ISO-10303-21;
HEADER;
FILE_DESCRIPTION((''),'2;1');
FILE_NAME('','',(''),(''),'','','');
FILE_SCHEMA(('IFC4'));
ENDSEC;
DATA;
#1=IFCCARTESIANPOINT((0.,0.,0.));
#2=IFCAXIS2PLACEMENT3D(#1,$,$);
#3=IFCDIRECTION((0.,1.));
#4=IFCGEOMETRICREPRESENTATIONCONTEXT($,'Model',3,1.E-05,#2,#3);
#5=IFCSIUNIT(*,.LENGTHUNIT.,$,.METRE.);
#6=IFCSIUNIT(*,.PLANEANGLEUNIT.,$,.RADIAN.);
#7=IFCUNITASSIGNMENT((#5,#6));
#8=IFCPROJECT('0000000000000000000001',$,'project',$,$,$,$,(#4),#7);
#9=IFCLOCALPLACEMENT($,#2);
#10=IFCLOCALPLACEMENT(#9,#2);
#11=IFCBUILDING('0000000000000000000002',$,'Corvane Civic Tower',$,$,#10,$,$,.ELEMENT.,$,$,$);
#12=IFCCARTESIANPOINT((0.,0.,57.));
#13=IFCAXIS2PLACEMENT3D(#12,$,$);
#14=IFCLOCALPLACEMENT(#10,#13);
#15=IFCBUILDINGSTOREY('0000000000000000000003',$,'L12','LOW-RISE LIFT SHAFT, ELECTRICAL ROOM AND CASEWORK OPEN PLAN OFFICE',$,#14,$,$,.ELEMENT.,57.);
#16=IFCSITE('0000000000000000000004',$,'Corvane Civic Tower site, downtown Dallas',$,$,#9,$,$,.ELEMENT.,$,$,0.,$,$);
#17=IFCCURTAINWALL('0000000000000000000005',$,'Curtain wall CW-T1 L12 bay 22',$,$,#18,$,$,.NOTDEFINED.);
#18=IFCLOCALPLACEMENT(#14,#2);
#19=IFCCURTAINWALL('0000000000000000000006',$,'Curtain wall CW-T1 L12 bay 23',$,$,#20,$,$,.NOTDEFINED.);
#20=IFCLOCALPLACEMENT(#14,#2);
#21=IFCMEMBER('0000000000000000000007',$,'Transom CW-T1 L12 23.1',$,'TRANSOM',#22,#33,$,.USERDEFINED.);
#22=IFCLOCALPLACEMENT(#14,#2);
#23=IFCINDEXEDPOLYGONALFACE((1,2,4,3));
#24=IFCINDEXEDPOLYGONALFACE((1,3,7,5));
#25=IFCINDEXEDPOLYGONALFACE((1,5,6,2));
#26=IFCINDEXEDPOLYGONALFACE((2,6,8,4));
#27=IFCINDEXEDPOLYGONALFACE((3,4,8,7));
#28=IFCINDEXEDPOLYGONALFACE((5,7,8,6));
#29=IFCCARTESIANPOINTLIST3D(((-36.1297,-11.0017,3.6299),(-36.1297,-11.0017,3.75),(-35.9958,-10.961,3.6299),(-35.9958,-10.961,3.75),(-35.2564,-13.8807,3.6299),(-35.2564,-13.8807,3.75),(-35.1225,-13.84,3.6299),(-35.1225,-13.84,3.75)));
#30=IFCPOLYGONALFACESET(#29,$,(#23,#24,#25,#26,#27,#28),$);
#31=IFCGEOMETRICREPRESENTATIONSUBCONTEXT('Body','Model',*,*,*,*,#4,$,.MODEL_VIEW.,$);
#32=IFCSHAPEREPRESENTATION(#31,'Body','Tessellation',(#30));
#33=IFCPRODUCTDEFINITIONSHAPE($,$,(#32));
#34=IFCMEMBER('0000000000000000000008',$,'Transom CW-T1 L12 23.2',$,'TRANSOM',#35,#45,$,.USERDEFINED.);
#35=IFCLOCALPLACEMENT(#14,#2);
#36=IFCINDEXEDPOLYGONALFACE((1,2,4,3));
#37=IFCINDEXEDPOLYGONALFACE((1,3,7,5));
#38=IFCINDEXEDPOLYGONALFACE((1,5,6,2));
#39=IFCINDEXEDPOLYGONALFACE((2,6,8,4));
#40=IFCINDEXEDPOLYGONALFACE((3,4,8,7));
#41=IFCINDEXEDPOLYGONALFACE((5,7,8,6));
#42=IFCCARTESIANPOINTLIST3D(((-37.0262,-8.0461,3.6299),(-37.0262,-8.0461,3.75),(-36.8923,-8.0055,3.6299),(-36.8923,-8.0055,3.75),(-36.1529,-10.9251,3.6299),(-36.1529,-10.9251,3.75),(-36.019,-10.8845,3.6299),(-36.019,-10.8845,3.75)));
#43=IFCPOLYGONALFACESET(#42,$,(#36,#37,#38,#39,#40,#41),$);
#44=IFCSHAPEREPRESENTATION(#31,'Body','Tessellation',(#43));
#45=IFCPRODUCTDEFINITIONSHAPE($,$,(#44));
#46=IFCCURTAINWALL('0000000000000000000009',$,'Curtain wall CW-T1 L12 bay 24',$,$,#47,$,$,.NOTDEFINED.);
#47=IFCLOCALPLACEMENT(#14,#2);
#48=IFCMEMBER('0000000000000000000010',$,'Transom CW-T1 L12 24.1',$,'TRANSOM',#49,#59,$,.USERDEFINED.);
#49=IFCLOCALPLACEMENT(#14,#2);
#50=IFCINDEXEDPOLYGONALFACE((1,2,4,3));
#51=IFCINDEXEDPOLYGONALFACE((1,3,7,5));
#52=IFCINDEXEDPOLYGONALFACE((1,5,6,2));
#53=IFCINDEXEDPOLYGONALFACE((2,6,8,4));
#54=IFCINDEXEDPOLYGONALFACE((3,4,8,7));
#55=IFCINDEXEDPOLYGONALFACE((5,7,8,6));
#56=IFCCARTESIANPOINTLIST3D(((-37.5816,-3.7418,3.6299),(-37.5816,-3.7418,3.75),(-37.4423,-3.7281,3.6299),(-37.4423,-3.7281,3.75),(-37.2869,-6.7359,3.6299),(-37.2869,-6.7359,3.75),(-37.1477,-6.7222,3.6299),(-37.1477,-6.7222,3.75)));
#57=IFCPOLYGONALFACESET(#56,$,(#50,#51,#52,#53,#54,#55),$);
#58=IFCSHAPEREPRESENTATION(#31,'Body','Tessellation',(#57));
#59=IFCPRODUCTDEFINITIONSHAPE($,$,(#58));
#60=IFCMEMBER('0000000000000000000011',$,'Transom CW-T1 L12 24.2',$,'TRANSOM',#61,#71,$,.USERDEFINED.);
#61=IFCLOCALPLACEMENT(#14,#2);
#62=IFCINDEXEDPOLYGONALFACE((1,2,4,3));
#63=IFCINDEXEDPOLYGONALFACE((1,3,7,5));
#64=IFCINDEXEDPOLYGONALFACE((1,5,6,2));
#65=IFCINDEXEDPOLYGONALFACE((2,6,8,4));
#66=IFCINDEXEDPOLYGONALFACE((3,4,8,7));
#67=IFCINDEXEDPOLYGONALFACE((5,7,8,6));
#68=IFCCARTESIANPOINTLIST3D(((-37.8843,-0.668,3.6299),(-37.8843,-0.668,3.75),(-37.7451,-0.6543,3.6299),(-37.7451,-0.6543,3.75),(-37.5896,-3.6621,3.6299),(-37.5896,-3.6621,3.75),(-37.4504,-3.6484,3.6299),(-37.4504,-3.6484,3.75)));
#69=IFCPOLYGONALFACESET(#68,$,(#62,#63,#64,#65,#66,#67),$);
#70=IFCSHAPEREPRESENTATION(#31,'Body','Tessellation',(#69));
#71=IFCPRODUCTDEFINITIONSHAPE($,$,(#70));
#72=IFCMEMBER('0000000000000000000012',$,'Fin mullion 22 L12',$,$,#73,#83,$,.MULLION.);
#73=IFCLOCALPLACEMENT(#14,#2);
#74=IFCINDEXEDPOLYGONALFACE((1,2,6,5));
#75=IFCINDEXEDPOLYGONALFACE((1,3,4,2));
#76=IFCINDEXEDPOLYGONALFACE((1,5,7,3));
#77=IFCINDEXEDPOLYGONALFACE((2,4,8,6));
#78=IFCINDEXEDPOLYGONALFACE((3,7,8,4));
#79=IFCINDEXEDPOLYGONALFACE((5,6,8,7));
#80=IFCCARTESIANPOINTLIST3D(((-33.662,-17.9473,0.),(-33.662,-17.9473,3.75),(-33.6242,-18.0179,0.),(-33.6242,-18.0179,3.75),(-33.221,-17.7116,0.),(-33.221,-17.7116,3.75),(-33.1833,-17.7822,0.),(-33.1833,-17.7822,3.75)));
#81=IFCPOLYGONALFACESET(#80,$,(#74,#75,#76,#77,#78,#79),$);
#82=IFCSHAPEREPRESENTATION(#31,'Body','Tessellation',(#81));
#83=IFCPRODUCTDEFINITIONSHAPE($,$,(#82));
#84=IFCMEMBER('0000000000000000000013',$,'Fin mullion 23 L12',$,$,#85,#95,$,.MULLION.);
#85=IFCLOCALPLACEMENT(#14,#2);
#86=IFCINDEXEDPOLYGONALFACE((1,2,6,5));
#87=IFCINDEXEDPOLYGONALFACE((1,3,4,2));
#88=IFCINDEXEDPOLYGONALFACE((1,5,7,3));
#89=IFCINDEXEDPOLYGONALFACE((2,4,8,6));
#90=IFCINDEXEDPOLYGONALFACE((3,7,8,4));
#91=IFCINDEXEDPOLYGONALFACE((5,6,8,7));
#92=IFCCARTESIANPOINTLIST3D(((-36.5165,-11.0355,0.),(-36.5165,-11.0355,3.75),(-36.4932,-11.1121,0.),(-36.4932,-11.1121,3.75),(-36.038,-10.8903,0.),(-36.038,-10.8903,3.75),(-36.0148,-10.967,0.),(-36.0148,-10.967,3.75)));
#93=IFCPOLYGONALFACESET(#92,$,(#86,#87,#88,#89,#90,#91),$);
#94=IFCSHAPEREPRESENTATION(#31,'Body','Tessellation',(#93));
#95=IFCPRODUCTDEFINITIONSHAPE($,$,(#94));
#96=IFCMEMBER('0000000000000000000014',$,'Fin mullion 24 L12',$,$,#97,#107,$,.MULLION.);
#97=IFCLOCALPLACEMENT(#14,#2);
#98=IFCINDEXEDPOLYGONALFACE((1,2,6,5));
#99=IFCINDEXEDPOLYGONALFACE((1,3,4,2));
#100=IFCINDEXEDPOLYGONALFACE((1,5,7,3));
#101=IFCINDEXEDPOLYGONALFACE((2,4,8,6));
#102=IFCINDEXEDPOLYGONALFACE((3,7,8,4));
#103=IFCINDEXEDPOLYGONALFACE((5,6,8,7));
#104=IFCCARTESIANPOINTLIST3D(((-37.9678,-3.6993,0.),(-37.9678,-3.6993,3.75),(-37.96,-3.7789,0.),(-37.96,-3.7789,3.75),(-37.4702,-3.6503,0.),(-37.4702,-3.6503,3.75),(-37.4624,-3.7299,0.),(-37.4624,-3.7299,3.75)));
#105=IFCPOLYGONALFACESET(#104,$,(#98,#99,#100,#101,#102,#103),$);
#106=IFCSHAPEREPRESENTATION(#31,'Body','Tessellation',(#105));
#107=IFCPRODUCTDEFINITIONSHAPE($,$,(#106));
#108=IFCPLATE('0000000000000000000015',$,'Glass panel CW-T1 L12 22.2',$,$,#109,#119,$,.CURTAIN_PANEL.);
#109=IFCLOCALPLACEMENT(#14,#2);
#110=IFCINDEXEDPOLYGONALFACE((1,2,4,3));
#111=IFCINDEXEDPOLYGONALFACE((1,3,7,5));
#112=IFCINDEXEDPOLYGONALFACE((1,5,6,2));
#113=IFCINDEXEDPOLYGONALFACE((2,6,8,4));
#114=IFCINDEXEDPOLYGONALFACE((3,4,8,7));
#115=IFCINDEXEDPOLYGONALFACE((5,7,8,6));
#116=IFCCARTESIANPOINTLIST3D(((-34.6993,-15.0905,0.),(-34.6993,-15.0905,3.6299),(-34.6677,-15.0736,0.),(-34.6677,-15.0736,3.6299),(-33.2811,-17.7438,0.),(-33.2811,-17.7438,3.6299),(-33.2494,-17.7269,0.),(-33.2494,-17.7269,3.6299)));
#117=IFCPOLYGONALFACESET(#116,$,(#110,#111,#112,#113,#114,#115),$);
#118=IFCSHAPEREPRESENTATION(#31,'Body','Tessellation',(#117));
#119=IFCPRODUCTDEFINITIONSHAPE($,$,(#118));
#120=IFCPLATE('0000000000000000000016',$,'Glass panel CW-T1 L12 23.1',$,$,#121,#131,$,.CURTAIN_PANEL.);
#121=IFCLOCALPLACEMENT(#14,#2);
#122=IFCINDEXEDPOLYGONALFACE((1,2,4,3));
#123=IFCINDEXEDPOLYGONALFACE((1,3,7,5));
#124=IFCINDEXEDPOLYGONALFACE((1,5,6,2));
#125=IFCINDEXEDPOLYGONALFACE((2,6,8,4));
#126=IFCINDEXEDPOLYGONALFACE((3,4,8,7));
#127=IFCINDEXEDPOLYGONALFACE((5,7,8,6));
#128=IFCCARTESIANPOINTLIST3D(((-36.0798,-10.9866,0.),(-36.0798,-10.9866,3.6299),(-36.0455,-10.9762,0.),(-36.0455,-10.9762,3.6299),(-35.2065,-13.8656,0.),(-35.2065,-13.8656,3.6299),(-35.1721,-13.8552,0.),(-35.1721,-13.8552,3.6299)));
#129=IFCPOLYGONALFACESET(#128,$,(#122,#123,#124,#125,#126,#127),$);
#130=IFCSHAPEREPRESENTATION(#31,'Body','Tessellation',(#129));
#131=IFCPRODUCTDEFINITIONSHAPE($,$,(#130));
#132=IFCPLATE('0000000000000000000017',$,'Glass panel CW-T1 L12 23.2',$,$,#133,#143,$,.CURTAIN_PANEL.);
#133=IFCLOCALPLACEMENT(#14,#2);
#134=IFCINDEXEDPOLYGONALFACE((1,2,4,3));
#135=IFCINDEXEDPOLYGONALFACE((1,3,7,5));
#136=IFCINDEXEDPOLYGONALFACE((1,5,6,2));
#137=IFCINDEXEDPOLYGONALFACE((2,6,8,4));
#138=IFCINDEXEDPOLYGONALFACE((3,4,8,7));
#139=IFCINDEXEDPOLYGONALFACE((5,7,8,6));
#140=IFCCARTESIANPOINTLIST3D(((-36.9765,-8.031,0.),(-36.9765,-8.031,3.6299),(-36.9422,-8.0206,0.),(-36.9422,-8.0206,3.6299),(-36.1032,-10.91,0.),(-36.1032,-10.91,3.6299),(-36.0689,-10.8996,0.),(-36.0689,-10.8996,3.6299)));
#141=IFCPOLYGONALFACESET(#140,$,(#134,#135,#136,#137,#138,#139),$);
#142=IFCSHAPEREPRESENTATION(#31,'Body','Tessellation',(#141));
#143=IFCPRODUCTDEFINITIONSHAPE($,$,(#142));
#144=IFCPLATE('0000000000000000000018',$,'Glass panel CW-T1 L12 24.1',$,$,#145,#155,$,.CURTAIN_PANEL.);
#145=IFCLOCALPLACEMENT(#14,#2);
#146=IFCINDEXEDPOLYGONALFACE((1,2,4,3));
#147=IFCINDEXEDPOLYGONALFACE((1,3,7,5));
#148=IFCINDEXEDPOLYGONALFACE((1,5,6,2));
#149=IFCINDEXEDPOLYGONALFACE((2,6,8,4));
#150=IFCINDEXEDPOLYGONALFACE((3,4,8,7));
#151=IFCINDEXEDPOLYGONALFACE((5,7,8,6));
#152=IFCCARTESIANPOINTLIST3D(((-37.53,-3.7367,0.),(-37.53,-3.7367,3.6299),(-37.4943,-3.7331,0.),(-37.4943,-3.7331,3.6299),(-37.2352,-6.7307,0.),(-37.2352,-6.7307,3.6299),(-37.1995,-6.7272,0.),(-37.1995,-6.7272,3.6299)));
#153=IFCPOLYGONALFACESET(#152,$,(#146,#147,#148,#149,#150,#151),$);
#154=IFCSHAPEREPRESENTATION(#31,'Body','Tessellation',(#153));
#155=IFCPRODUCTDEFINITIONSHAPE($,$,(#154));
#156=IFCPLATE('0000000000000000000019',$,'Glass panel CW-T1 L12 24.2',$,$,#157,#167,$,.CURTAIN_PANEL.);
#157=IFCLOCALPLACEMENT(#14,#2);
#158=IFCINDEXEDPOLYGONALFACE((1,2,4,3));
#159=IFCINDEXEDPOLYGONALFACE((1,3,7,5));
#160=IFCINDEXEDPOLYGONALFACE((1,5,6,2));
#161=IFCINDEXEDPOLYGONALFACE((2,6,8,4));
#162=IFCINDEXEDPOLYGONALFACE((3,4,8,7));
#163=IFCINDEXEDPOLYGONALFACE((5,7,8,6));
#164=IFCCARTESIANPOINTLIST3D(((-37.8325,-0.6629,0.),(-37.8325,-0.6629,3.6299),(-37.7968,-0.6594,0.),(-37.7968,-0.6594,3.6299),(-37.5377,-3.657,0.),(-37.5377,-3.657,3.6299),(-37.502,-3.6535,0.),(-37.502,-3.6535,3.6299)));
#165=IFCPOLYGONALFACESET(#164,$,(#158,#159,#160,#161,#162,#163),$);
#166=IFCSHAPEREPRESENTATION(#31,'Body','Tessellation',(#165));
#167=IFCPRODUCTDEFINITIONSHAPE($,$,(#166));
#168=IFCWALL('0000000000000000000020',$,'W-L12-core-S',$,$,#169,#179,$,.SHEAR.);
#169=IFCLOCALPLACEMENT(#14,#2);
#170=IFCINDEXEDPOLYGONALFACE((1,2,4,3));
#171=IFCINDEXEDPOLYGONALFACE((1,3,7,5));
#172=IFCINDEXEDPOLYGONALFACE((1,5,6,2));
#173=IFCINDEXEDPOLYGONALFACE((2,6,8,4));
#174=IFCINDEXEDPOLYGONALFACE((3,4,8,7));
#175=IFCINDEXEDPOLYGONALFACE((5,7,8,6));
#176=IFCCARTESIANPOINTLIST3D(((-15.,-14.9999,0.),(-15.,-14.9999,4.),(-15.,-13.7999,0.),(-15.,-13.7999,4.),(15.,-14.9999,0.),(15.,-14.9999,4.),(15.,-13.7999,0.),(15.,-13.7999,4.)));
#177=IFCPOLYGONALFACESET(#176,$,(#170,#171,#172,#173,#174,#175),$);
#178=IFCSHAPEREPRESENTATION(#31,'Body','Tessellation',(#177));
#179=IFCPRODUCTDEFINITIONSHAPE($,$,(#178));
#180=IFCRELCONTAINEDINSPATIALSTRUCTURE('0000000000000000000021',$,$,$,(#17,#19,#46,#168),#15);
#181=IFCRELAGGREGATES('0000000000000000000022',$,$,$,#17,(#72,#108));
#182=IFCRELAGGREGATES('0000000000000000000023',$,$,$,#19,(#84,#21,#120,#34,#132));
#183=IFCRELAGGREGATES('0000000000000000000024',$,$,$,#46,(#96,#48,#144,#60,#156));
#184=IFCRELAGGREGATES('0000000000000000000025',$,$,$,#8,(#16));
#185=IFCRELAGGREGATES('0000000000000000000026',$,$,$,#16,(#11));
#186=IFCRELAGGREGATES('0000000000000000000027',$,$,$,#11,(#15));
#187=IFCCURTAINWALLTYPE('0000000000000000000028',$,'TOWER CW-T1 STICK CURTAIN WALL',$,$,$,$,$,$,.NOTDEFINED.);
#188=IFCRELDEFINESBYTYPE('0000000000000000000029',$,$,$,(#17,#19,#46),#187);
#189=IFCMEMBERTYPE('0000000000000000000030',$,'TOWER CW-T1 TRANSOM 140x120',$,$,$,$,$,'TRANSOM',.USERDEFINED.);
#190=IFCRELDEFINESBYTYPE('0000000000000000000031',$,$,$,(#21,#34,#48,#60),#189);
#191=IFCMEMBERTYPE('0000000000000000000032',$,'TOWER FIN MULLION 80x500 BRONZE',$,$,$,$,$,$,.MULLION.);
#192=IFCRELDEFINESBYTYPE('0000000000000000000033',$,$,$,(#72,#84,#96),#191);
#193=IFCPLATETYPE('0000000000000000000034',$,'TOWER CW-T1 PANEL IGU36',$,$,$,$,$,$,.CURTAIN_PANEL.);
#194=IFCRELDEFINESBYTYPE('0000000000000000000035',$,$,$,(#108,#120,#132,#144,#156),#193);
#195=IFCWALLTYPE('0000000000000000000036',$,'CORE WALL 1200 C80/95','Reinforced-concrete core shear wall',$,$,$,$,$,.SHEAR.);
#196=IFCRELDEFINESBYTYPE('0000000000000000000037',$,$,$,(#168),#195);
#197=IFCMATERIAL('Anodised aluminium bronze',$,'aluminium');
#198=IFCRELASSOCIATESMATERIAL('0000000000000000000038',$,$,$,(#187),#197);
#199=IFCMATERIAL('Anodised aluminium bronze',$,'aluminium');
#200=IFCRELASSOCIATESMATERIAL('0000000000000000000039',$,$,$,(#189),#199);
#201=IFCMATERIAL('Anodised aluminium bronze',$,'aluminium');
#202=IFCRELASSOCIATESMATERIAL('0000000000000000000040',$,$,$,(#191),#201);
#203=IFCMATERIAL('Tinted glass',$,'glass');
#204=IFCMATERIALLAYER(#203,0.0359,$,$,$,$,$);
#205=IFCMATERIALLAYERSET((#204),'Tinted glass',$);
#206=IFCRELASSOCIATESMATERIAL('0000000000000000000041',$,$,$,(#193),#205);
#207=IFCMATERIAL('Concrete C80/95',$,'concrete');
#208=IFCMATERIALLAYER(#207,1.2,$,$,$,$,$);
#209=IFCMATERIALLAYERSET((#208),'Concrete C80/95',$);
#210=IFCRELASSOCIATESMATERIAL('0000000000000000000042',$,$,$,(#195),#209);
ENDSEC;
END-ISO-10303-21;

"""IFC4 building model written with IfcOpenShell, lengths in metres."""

from ifc_helpers import new_model, si_unit, direction, frame, frame_2d, origin, origin_2d, place, context, subcontext, project, spatial, rectangle, extrude, material, layer, layer_set, material_profile, profile_set, type_object, element, aggregate, save


model = new_model("IFC4")

# Units and contexts
model_context = context("Model", 3, precision=1e-05, world=origin(), true_north=direction((0.0, 1.0)))
body_context = subcontext(model_context, "Body", "Model", "MODEL_VIEW")
ifc_project = project(units=[si_unit("LENGTHUNIT", "METRE"), si_unit("PLANEANGLEUNIT", "RADIAN")], contexts=[model_context])

# Site, building, storey
site_placement = place(None, origin())
site = spatial("IfcSite", under=ifc_project, at=site_placement, Name="Corvane Civic Tower site, downtown Dallas", CompositionType="ELEMENT", RefElevation=0.0)
building_placement = place(site_placement, origin())
building = spatial("IfcBuilding", under=site, at=building_placement, Name="Corvane Civic Tower", CompositionType="ELEMENT")
storey_placement = place(building_placement, frame((0.0, 0.0, 57.0)))
storey = spatial("IfcBuildingStorey", under=building, at=storey_placement, Name="L12", Description="LOW-RISE LIFT SHAFT, ELECTRICAL ROOM AND CASEWORK OPEN PLAN OFFICE", CompositionType="ELEMENT", Elevation=57.0)

# Curtain wall
ifc_material_1 = material(Name="Anodised aluminium bronze", Category="aluminium")
curtain_wall_type = type_object("IfcCurtainWallType", Name="TOWER CW-T1 STICK CURTAIN WALL", PredefinedType="NOTDEFINED", material=ifc_material_1)
curtain_wall_1_placement = place(storey_placement, origin())
curtain_wall_1 = element("IfcCurtainWall", 1, at=curtain_wall_1_placement, inside=storey, type_object=curtain_wall_type, Name="Curtain wall CW-T1 L12 bay 22", PredefinedType="NOTDEFINED")
ifc_material_2 = material(Name="Anodised aluminium bronze", Category="aluminium")
ifc_material_profile_1 = material_profile(ifc_material_2, rectangle(XDim=0.1399, YDim=0.1201, at=origin_2d()), Name="TOWER CW-T1 TRANSOM 140x120")
ifc_profile_set_1 = profile_set([ifc_material_profile_1], Name="Anodised aluminium bronze")
member_type_1 = type_object("IfcMemberType", Name="TOWER CW-T1 TRANSOM 140x120", ElementType="TRANSOM", PredefinedType="USERDEFINED", material=ifc_profile_set_1)

# Curtain walls, members
curtain_wall_2_placement = place(storey_placement, origin())
curtain_wall_2 = element("IfcCurtainWall", 2, at=curtain_wall_2_placement, inside=storey, type_object=curtain_wall_type, Name="Curtain wall CW-T1 L12 bay 23", PredefinedType="NOTDEFINED")
member_1_placement = place(storey_placement, frame((-35.1895, -13.8604, 3.6899), z_axis=(-0.29028, 0.956942, 0.0), x_axis=(-0.956942, -0.29028, 0.0)))
member_1 = element("IfcMember", 3, at=member_1_placement, type_object=member_type_1, Name="Transom CW-T1 L12 23.1", ObjectType="TRANSOM", PredefinedType="USERDEFINED", context=body_context, shape_type="SweptSolid", body=[
    extrude(rectangle(XDim=0.1399, YDim=0.1201, at=origin_2d()), origin(), (0.0, 0.0, 1.0), 3.0085),
])
member_2_placement = place(storey_placement, frame((-36.0859, -10.9048, 3.6899), z_axis=(-0.29028, 0.956942, 0.0), x_axis=(-0.956942, -0.29028, 0.0)))
member_2 = element("IfcMember", 4, at=member_2_placement, type_object=member_type_1, Name="Transom CW-T1 L12 23.2", ObjectType="TRANSOM", PredefinedType="USERDEFINED", context=body_context, shape_type="SweptSolid", body=[
    extrude(rectangle(XDim=0.1399, YDim=0.1201, at=origin_2d()), origin(), (0.0, 0.0, 1.0), 3.0085),
])
curtain_wall_3_placement = place(storey_placement, origin())
curtain_wall_3 = element("IfcCurtainWall", 5, at=curtain_wall_3_placement, inside=storey, type_object=curtain_wall_type, Name="Curtain wall CW-T1 L12 bay 24", PredefinedType="NOTDEFINED")
member_3_placement = place(storey_placement, frame((-37.2173, -6.729, 3.6899), z_axis=(-0.097945, 0.995192, 0.0), x_axis=(-0.995192, -0.097945, 0.0)))
member_3 = element("IfcMember", 6, at=member_3_placement, type_object=member_type_1, Name="Transom CW-T1 L12 24.1", ObjectType="TRANSOM", PredefinedType="USERDEFINED", context=body_context, shape_type="SweptSolid", body=[
    extrude(rectangle(XDim=0.1399, YDim=0.1201, at=origin_2d()), origin(), (0.0, 0.0, 1.0), 3.0085),
])
member_4_placement = place(storey_placement, frame((-37.52, -3.6553, 3.6899), z_axis=(-0.097945, 0.995192, 0.0), x_axis=(-0.995192, -0.097945, 0.0)))
member_4 = element("IfcMember", 7, at=member_4_placement, type_object=member_type_1, Name="Transom CW-T1 L12 24.2", ObjectType="TRANSOM", PredefinedType="USERDEFINED", context=body_context, shape_type="SweptSolid", body=[
    extrude(rectangle(XDim=0.1399, YDim=0.1201, at=origin_2d()), origin(), (0.0, 0.0, 1.0), 3.0085),
])

# Members
ifc_material_3 = material(Name="Anodised aluminium bronze", Category="aluminium")
ifc_material_profile_2 = material_profile(ifc_material_3, rectangle(XDim=0.0801, YDim=0.5, at=origin_2d()), Name="TOWER FIN MULLION 80x500 BRONZE")
ifc_profile_set_2 = profile_set([ifc_material_profile_2], Name="Anodised aluminium bronze")
member_type_2 = type_object("IfcMemberType", Name="TOWER FIN MULLION 80x500 BRONZE", PredefinedType="MULLION", material=ifc_profile_set_2)
member_5_placement = place(storey_placement, frame((-33.4226, -17.8647, 0.0), z_axis=(0.0, 0.0, 1.0), x_axis=(-0.471404, 0.881918, 0.0)))
member_5 = element("IfcMember", 8, at=member_5_placement, type_object=member_type_2, Name="Fin mullion 22 L12", PredefinedType="MULLION", context=body_context, shape_type="SweptSolid", body=[
    extrude(rectangle(XDim=0.0801, YDim=0.5, at=origin_2d()), origin(), (0.0, 0.0, 1.0), 3.75),
])
member_6_placement = place(storey_placement, frame((-36.2656, -11.0012, 0.0), z_axis=(0.0, 0.0, 1.0), x_axis=(-0.290278, 0.956942, 0.0)))
member_6 = element("IfcMember", 9, at=member_6_placement, type_object=member_type_2, Name="Fin mullion 23 L12", PredefinedType="MULLION", context=body_context, shape_type="SweptSolid", body=[
    extrude(rectangle(XDim=0.0801, YDim=0.5, at=origin_2d()), origin(), (0.0, 0.0, 1.0), 3.75),
])
member_7_placement = place(storey_placement, frame((-37.7151, -3.7146, 0.0), z_axis=(0.0, 0.0, 1.0), x_axis=(-0.098006, 0.995186, 0.0)))
member_7 = element("IfcMember", 10, at=member_7_placement, type_object=member_type_2, Name="Fin mullion 24 L12", PredefinedType="MULLION", context=body_context, shape_type="SweptSolid", body=[
    extrude(rectangle(XDim=0.0801, YDim=0.5, at=origin_2d()), origin(), (0.0, 0.0, 1.0), 3.75),
])

# Plates
ifc_material_4 = material(Name="Tinted glass", Category="glass")
ifc_layer_1 = layer(ifc_material_4, 0.0359)
ifc_layer_set_1 = layer_set([ifc_layer_1], Name="Tinted glass")
plate_type = type_object("IfcPlateType", Name="TOWER CW-T1 PANEL IGU36", PredefinedType="CURTAIN_PANEL", material=ifc_layer_set_1)
plate_1_placement = place(storey_placement, frame((-33.9744, -16.4087, 0.0), z_axis=(0.0, 0.0, 1.0), x_axis=(-0.471404, 0.881918, 0.0)))
plate_1 = element("IfcPlate", 11, at=plate_1_placement, type_object=plate_type, Name="Glass panel CW-T1 L12 22.2", PredefinedType="CURTAIN_PANEL", context=body_context, shape_type="SweptSolid", body=[
    extrude(rectangle(XDim=3.0085, YDim=0.0359, at=origin_2d()), origin(), (0.0, 0.0, 1.0), 3.6299),
])
aggregate(curtain_wall_1, [member_5, plate_1])
plate_2_placement = place(storey_placement, frame((-35.626, -12.4209, 0.0), z_axis=(0.0, 0.0, 1.0), x_axis=(-0.290278, 0.956942, 0.0)))
plate_2 = element("IfcPlate", 12, at=plate_2_placement, type_object=plate_type, Name="Glass panel CW-T1 L12 23.1", PredefinedType="CURTAIN_PANEL", context=body_context, shape_type="SweptSolid", body=[
    extrude(rectangle(XDim=3.0085, YDim=0.0359, at=origin_2d()), origin(), (0.0, 0.0, 1.0), 3.6299),
])
plate_3_placement = place(storey_placement, frame((-36.5227, -9.4653, 0.0), z_axis=(0.0, 0.0, 1.0), x_axis=(-0.290278, 0.956942, 0.0)))
plate_3 = element("IfcPlate", 13, at=plate_3_placement, type_object=plate_type, Name="Glass panel CW-T1 L12 23.2", PredefinedType="CURTAIN_PANEL", context=body_context, shape_type="SweptSolid", body=[
    extrude(rectangle(XDim=3.0085, YDim=0.0359, at=origin_2d()), origin(), (0.0, 0.0, 1.0), 3.6299),
])
aggregate(curtain_wall_2, [member_6, member_1, plate_2, member_2, plate_3])
plate_4_placement = place(storey_placement, frame((-37.3647, -5.2319, 0.0), z_axis=(0.0, 0.0, 1.0), x_axis=(-0.098006, 0.995186, 0.0)))
plate_4 = element("IfcPlate", 14, at=plate_4_placement, type_object=plate_type, Name="Glass panel CW-T1 L12 24.1", PredefinedType="CURTAIN_PANEL", context=body_context, shape_type="SweptSolid", body=[
    extrude(rectangle(XDim=3.0085, YDim=0.0359, at=origin_2d()), origin(), (0.0, 0.0, 1.0), 3.6299),
])
plate_5_placement = place(storey_placement, frame((-37.6672, -2.1582, 0.0), z_axis=(0.0, 0.0, 1.0), x_axis=(-0.098006, 0.995186, 0.0)))
plate_5 = element("IfcPlate", 15, at=plate_5_placement, type_object=plate_type, Name="Glass panel CW-T1 L12 24.2", PredefinedType="CURTAIN_PANEL", context=body_context, shape_type="SweptSolid", body=[
    extrude(rectangle(XDim=3.0085, YDim=0.0359, at=origin_2d()), origin(), (0.0, 0.0, 1.0), 3.6299),
])
aggregate(curtain_wall_3, [member_7, member_3, plate_4, member_4, plate_5])

# Wall
ifc_material_5 = material(Name="Concrete C80/95", Category="concrete")
ifc_layer_2 = layer(ifc_material_5, 1.2)
ifc_layer_set_2 = layer_set([ifc_layer_2], Name="Concrete C80/95")
wall_type_1 = type_object("IfcWallType", Name="CORE WALL 1200 C80/95", Description="Reinforced-concrete core shear wall", PredefinedType="SHEAR", material=ifc_layer_set_2)
wall_1_placement = place(storey_placement, frame((-15.0, -14.3999, 0.0), z_axis=(0.0, 0.0, 1.0), x_axis=(1.0, 0.0, 0.0)))
element("IfcWall", 16, at=wall_1_placement, inside=storey, type_object=wall_type_1, Name="W-L12-core-S", PredefinedType="SHEAR", context=body_context, shape_type="SweptSolid", body=[
    extrude(rectangle(XDim=30.0, YDim=1.2, at=frame_2d((15.0, 0.0))), origin(), (0.0, 0.0, 1.0), 4.0),
])

save(model, "model.ifc")
